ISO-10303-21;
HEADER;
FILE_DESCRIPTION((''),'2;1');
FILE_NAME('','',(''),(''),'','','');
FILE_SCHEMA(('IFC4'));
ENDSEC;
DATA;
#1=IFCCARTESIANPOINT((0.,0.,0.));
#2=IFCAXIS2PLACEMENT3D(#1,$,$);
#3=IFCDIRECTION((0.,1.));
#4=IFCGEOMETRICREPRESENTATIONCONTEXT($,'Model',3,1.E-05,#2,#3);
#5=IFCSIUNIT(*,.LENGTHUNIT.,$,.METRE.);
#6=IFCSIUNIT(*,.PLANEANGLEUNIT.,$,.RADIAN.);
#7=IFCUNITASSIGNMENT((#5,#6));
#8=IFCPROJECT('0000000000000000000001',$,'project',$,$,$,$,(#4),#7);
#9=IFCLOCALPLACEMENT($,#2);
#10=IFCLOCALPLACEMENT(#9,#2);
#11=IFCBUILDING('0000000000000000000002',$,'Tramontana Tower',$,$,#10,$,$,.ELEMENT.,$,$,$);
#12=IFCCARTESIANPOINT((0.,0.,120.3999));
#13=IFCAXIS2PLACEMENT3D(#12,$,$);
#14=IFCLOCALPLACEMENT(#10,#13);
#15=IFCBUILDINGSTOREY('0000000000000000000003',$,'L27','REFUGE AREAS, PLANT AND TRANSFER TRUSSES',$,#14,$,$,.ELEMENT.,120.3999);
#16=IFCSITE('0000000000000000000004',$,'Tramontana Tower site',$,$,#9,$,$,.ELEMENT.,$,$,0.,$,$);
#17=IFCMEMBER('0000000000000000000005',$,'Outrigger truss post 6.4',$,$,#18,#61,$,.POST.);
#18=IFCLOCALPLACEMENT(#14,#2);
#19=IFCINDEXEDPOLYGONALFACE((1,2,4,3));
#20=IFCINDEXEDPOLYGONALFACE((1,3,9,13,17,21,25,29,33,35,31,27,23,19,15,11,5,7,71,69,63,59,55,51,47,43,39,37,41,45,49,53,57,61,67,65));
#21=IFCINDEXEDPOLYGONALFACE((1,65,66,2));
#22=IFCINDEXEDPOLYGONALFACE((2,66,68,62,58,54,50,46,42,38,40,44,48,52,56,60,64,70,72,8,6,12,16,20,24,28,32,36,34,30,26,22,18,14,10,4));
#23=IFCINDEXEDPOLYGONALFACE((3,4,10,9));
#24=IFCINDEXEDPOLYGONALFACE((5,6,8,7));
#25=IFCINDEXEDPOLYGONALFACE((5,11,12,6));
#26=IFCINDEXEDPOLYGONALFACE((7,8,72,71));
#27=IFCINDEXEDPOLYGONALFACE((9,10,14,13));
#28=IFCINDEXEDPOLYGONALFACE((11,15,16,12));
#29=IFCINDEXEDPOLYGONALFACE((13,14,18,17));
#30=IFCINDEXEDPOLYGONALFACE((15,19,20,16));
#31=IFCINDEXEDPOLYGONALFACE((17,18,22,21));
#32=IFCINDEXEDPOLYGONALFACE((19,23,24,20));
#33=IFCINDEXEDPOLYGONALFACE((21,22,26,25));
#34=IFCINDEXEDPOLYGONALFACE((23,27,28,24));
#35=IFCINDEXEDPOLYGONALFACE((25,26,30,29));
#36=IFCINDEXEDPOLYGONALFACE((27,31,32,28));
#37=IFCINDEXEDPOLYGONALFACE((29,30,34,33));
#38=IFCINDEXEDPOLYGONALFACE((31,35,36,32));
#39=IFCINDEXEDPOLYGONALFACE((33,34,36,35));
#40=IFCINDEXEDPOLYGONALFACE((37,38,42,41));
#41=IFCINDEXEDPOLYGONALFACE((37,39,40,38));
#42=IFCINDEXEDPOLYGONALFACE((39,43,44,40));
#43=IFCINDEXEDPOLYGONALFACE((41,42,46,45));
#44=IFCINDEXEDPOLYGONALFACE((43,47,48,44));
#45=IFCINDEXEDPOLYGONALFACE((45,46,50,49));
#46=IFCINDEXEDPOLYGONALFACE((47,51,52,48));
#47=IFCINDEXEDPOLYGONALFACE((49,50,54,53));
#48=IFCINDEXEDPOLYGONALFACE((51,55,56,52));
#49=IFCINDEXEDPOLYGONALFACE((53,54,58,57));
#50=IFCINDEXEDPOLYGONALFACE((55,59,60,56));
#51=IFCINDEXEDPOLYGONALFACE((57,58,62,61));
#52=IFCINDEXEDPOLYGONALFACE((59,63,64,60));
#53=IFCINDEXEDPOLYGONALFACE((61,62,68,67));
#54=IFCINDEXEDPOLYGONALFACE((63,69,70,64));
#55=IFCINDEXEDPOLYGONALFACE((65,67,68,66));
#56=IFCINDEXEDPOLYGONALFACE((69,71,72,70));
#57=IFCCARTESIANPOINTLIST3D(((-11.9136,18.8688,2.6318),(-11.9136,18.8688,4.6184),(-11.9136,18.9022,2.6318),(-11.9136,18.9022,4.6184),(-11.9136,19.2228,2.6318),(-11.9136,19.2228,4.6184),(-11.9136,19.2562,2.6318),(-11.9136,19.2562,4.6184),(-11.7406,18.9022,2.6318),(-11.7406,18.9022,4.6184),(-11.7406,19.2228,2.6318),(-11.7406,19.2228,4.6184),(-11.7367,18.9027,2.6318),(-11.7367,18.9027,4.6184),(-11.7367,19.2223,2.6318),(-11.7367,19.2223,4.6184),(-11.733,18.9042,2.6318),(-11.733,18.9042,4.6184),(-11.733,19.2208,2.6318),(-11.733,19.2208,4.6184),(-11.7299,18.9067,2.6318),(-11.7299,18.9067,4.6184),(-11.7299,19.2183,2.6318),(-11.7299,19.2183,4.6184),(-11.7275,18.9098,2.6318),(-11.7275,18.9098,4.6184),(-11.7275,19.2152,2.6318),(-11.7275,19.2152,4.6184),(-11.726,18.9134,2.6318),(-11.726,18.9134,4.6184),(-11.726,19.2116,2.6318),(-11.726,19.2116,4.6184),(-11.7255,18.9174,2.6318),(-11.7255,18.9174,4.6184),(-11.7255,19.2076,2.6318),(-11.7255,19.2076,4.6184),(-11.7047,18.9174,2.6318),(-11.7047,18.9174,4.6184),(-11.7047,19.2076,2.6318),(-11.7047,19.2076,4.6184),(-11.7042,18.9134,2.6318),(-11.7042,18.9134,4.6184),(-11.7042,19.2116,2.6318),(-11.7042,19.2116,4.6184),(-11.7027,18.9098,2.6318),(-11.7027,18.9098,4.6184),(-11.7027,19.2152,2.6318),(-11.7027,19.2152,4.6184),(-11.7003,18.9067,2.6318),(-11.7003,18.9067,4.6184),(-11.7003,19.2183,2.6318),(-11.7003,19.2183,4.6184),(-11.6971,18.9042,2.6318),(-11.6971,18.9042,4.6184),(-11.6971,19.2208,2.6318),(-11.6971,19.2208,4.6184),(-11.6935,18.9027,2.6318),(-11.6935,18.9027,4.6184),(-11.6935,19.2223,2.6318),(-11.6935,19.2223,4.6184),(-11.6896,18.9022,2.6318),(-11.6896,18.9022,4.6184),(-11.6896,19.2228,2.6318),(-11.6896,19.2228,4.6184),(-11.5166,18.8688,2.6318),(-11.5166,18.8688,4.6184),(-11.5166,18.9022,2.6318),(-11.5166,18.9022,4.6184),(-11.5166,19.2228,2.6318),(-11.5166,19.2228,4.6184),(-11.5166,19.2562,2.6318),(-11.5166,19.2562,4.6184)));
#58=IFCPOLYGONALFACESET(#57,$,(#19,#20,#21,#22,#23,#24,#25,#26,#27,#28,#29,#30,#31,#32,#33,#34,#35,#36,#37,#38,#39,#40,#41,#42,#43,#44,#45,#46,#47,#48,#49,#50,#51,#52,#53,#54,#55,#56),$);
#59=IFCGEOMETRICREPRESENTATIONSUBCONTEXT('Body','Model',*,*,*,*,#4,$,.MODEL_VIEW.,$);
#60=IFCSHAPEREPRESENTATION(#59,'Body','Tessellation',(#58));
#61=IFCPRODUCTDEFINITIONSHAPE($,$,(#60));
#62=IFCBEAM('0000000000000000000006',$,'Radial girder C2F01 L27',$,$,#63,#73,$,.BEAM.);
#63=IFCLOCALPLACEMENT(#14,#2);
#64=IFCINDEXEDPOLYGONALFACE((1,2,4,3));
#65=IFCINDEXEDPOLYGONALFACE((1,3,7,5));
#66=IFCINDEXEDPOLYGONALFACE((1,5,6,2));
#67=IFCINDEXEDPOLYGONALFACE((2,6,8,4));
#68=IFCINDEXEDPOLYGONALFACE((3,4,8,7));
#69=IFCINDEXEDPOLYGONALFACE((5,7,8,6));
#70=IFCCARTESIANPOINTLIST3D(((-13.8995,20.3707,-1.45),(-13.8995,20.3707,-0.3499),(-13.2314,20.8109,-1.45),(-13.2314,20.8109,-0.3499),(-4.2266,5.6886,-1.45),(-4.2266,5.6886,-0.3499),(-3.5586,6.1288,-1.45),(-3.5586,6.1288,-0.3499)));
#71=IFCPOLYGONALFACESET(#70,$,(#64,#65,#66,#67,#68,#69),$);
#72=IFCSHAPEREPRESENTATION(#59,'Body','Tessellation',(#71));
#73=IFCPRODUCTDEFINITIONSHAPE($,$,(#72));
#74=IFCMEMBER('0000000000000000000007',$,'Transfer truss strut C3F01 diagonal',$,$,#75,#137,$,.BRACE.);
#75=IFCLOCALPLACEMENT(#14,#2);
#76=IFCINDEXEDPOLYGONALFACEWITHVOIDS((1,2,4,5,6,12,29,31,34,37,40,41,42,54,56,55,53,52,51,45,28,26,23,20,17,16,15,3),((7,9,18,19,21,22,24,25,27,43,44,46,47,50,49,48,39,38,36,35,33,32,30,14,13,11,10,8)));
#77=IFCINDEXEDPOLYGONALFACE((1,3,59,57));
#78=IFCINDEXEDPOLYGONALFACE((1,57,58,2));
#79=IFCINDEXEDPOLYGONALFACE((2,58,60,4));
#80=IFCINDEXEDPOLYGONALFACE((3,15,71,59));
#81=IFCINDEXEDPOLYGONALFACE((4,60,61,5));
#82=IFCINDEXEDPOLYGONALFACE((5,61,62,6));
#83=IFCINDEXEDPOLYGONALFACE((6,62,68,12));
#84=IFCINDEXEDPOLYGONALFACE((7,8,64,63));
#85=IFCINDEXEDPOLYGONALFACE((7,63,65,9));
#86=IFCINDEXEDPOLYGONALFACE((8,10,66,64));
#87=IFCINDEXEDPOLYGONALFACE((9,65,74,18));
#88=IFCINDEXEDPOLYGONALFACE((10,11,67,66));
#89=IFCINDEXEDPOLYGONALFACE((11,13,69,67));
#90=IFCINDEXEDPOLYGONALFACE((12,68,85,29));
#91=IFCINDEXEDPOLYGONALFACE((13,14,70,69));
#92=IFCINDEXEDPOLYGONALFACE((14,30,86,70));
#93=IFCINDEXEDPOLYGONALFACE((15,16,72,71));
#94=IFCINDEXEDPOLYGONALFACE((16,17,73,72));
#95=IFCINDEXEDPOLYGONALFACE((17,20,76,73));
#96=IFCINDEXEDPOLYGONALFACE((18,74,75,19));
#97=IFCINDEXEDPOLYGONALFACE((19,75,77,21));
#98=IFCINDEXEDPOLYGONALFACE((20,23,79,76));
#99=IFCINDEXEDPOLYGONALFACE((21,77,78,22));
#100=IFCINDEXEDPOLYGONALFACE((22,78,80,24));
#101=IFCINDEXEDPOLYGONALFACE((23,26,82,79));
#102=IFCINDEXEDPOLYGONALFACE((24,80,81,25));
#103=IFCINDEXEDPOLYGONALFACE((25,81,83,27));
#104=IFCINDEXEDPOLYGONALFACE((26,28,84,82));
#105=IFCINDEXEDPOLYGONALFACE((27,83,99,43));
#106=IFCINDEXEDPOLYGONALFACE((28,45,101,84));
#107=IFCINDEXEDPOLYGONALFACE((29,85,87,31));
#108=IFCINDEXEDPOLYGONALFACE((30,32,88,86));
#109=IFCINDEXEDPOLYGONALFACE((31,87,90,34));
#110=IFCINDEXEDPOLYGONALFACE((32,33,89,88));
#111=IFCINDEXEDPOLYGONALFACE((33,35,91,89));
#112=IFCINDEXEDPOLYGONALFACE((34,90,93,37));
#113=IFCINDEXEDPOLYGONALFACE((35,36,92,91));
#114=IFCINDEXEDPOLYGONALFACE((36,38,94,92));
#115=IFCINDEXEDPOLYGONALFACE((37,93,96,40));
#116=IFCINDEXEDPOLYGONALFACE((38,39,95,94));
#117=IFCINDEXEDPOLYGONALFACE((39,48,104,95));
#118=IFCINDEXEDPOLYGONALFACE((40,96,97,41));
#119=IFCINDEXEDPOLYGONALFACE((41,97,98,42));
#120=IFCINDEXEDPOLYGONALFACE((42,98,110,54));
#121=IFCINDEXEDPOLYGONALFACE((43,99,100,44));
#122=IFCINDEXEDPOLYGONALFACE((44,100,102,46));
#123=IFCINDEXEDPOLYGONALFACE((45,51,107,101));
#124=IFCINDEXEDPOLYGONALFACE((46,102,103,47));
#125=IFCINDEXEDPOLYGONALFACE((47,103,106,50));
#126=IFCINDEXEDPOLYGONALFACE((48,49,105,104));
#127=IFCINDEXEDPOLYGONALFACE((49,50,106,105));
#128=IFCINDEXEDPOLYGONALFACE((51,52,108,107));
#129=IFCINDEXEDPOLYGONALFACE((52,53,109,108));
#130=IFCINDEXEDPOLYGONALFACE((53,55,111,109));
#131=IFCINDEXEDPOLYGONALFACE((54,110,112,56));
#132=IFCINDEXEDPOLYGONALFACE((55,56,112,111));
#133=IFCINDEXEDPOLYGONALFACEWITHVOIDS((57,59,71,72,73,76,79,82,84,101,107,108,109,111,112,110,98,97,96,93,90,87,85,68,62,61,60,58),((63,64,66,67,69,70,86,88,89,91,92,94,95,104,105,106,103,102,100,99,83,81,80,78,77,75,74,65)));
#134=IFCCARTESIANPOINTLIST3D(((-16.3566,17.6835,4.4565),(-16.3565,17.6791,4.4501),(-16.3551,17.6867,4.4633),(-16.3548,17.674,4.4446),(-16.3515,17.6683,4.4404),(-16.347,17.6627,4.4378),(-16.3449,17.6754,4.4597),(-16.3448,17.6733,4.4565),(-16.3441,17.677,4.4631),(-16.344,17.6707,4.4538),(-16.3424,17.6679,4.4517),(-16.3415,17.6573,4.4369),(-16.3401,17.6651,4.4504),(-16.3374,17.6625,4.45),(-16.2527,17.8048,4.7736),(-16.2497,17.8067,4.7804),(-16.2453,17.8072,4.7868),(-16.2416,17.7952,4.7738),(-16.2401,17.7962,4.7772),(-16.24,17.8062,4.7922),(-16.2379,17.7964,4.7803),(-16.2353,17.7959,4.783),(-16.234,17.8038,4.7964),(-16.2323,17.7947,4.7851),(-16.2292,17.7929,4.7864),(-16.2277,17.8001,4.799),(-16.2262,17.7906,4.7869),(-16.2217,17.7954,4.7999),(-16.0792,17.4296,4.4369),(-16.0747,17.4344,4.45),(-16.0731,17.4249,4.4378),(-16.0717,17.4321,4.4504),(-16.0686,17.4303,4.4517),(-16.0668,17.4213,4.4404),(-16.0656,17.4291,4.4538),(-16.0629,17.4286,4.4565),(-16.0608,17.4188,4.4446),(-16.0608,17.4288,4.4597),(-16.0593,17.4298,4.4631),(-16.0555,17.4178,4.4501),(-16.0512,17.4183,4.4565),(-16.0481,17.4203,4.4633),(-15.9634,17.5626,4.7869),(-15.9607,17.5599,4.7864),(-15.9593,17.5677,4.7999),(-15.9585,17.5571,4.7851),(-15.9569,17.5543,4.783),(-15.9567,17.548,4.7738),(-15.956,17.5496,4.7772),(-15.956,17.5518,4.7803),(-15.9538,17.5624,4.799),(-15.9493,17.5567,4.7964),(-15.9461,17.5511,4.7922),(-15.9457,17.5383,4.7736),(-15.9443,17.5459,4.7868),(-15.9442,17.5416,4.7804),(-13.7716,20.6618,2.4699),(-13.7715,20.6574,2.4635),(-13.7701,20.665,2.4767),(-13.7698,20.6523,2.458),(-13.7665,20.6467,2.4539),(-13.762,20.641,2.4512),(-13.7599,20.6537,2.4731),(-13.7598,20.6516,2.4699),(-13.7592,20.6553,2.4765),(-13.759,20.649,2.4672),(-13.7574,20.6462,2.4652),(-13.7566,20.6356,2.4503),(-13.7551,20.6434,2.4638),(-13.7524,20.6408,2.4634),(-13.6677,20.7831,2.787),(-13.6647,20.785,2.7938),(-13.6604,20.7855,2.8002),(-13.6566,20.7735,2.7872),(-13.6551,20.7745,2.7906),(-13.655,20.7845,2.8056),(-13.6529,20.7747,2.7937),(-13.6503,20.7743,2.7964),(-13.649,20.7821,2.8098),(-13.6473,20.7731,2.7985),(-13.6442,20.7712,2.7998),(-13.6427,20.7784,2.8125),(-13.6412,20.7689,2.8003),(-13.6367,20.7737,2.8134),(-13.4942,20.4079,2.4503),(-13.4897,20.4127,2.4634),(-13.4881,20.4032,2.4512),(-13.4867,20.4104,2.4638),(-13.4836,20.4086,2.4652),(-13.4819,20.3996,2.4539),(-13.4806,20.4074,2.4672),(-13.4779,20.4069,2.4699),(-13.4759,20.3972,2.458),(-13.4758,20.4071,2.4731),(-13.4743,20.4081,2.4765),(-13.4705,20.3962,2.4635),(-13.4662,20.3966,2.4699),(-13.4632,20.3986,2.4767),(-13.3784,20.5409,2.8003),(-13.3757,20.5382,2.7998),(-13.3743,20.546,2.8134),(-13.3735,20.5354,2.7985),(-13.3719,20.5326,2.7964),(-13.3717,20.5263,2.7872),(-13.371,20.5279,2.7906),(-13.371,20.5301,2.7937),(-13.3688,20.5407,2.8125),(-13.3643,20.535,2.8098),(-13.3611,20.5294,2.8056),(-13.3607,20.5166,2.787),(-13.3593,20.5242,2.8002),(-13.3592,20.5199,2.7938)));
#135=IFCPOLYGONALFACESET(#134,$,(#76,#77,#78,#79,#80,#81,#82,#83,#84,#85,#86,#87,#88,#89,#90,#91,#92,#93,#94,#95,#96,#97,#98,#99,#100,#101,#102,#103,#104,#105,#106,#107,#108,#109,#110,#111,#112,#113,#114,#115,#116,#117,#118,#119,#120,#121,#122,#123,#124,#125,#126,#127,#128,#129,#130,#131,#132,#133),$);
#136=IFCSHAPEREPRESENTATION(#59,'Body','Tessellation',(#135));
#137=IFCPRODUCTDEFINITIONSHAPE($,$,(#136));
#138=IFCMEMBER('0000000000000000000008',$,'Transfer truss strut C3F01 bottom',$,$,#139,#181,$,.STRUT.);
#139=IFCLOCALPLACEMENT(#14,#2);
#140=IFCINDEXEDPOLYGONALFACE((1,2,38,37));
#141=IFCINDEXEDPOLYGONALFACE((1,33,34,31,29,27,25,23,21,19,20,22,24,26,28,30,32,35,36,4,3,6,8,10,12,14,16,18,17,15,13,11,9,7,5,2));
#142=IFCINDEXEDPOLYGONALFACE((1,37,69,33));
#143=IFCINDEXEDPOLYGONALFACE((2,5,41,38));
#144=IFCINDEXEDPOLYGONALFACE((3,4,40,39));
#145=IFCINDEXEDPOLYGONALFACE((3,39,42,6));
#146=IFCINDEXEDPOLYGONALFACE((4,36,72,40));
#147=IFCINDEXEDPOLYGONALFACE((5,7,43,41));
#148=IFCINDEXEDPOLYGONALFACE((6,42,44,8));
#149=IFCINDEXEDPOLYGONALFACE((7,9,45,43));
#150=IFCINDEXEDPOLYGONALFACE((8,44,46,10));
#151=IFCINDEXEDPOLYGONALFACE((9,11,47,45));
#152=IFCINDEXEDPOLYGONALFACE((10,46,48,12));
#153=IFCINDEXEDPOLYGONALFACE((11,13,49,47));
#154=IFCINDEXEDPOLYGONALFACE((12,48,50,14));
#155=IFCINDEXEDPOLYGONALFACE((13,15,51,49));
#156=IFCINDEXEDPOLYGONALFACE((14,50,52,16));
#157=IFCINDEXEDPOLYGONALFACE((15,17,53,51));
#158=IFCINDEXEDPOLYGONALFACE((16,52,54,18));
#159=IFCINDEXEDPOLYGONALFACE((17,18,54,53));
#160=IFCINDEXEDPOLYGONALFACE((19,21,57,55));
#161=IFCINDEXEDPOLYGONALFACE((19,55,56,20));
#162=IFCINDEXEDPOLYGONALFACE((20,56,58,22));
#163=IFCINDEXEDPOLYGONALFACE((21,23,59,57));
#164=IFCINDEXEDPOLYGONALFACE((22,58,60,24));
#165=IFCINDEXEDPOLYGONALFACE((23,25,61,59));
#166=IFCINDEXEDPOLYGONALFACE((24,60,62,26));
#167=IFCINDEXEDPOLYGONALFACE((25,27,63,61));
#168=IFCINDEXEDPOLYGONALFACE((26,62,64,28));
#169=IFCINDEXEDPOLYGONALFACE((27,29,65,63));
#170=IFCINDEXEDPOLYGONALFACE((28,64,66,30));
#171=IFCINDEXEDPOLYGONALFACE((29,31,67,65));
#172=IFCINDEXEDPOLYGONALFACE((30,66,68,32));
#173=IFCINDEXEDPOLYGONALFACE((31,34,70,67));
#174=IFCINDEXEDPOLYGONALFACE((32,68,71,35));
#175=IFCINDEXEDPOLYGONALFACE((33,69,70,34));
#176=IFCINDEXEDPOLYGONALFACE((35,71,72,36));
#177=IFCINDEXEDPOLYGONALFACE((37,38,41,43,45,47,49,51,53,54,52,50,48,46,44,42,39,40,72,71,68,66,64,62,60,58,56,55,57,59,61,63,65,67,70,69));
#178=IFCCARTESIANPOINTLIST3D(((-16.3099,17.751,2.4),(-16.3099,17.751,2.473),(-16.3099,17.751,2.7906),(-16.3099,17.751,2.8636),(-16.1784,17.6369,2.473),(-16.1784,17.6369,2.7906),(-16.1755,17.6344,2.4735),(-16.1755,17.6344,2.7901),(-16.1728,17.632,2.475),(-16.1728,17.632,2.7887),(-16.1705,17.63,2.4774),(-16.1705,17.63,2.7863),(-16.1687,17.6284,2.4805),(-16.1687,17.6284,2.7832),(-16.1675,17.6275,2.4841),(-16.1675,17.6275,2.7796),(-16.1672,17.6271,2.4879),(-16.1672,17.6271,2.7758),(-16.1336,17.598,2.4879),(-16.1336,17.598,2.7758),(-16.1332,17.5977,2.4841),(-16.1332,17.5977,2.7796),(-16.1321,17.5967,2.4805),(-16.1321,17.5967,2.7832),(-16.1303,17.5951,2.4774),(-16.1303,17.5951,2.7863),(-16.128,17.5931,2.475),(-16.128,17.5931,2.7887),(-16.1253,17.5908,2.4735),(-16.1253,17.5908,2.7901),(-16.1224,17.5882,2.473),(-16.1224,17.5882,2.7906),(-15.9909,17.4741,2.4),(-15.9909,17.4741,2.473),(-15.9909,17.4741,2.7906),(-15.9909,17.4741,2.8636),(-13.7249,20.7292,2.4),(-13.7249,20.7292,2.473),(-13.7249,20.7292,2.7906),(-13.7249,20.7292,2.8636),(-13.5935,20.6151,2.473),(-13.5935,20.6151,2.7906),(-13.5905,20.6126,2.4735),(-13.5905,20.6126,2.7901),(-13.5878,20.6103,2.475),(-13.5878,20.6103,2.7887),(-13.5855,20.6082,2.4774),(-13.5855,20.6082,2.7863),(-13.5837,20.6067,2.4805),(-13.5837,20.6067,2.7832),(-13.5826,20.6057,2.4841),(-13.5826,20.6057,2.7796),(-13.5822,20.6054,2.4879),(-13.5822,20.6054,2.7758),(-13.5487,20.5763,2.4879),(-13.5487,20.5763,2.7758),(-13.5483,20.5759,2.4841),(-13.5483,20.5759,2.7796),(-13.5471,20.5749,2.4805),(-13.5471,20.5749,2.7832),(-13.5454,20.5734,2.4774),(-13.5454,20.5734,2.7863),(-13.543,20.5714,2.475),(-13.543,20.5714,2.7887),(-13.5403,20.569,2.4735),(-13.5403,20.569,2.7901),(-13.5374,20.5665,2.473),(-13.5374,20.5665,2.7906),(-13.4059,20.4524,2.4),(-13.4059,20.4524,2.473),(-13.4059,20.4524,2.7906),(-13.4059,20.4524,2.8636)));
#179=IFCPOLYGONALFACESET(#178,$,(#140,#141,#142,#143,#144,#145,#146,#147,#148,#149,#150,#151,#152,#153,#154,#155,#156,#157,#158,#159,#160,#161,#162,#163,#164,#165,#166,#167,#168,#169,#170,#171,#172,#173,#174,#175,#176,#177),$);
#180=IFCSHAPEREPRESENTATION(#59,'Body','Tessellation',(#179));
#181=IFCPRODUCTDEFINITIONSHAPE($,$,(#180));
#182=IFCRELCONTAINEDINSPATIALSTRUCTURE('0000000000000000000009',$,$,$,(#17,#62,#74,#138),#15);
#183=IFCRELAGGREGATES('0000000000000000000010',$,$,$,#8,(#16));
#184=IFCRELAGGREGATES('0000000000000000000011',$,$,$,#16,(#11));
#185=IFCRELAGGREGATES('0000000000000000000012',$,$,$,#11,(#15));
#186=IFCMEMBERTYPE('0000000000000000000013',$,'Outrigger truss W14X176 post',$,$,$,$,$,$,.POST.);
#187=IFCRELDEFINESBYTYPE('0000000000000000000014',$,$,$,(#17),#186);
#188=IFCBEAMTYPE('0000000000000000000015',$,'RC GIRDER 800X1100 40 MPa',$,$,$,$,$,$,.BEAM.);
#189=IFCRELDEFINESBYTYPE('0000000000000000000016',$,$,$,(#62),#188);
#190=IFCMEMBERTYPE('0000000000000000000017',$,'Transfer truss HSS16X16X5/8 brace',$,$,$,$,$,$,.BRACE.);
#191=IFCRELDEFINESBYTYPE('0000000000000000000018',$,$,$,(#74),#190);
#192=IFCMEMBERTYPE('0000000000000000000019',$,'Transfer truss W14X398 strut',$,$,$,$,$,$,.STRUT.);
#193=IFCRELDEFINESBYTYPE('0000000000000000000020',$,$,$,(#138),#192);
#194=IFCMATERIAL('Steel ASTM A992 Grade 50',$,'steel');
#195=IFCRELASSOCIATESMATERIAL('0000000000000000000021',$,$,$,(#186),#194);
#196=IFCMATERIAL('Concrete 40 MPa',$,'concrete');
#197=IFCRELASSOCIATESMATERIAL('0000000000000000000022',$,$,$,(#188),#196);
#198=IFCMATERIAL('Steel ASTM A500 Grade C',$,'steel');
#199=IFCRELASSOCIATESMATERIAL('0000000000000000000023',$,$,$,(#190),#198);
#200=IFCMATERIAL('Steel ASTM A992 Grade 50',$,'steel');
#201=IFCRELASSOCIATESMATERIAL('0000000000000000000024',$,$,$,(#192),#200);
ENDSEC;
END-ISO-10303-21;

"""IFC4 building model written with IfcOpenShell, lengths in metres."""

from ifc_helpers import new_model, si_unit, direction, frame, origin, origin_2d, place, context, subcontext, project, spatial, rectangle, hollow_rectangle, i_section, extrude, material, material_profile, profile_set, type_object, element, save


model = new_model("IFC4")

# Units and contexts
model_context = context("Model", 3, precision=1e-05, world=origin(), true_north=direction((0.0, 1.0)))
body_context = subcontext(model_context, "Body", "Model", "MODEL_VIEW")
ifc_project = project(units=[si_unit("LENGTHUNIT", "METRE"), si_unit("PLANEANGLEUNIT", "RADIAN")], contexts=[model_context])

# Site, building, storey
site_placement = place(None, origin())
site = spatial("IfcSite", under=ifc_project, at=site_placement, Name="Tramontana Tower site", CompositionType="ELEMENT", RefElevation=0.0)
building_placement = place(site_placement, origin())
building = spatial("IfcBuilding", under=site, at=building_placement, Name="Tramontana Tower", CompositionType="ELEMENT")
storey_placement = place(building_placement, frame((0.0, 0.0, 120.3999)))
storey = spatial("IfcBuildingStorey", under=building, at=storey_placement, Name="L27", Description="REFUGE AREAS, PLANT AND TRANSFER TRUSSES", CompositionType="ELEMENT", Elevation=120.3999)

# Member
ifc_material_1 = material(Name="Steel ASTM A992 Grade 50", Category="steel")
ifc_material_profile_1 = material_profile(ifc_material_1, i_section(OverallWidth=0.397, OverallDepth=0.3875, WebThickness=0.0208, FlangeThickness=0.0334, FilletRadius=0.0151, at=origin_2d()), Name="W14X176")
ifc_profile_set_1 = profile_set([ifc_material_profile_1], Name="Steel ASTM A992 Grade 50")
member_type_1 = type_object("IfcMemberType", Name="Outrigger truss W14X176 post", PredefinedType="POST", material=ifc_profile_set_1)
for number, where, z_axis, x_axis, name in (
    (1, (-11.7151, 19.0625, 2.6318), (0.0, 0.0, 1.0), (1.0, 0.0, 0.0), "Outrigger truss post 6.4"),
):
    element("IfcMember", number, at=place(storey_placement, frame(where, z_axis=z_axis, x_axis=x_axis)), inside=storey, type_object=member_type_1, Name=name, PredefinedType="POST", context=body_context, shape_type="SweptSolid", body=[
        extrude(i_section(OverallWidth=0.397, OverallDepth=0.3875, WebThickness=0.0208, FlangeThickness=0.0334, FilletRadius=0.0151, at=origin_2d()), origin(), (0.0, 0.0, 1.0), 1.9866),
    ])

# Beam
ifc_material_2 = material(Name="Concrete 40 MPa", Category="concrete")
ifc_material_profile_2 = material_profile(ifc_material_2, rectangle(XDim=0.8, YDim=1.1001, at=origin_2d()), Name="RC GIRDER 800X1100 40 MPa")
ifc_profile_set_2 = profile_set([ifc_material_profile_2], Name="Concrete 40 MPa")
beam_type = type_object("IfcBeamType", Name="RC GIRDER 800X1100 40 MPa", PredefinedType="BEAM", material=ifc_profile_set_2)
beam_placement = place(storey_placement, frame((-13.5654, 20.5908, -0.8999), z_axis=(0.550155, -0.835063, 0.0), x_axis=(0.835063, 0.550155, 0.0)))
element("IfcBeam", 2, at=beam_placement, inside=storey, type_object=beam_type, Name="Radial girder C2F01 L27", PredefinedType="BEAM", context=body_context, shape_type="SweptSolid", body=[
    extrude(rectangle(XDim=0.8, YDim=1.1001, at=origin_2d()), origin(), (0.0, 0.0, 1.0), 17.582),
])

# Members
ifc_material_3 = material(Name="Steel ASTM A500 Grade C", Category="steel")
ifc_material_profile_3 = material_profile(ifc_material_3, hollow_rectangle(XDim=0.4065, YDim=0.4065, WallThickness=0.0146, InnerFilletRadius=0.0146, OuterFilletRadius=0.0295, at=origin_2d()), Name="HSS16X16X5/8")
ifc_profile_set_3 = profile_set([ifc_material_profile_3], Name="Steel ASTM A500 Grade C")
member_type_2 = type_object("IfcMemberType", Name="Transfer truss HSS16X16X5/8 brace", PredefinedType="BRACE", material=ifc_profile_set_3)
member_1_placement = place(storey_placement, frame((-13.5654, 20.5908, 2.6318), z_axis=(-0.585399, -0.67447, 0.449886), x_axis=(0.755213, -0.65548, 0.0)))
element("IfcMember", 3, at=member_1_placement, inside=storey, type_object=member_type_2, Name="Transfer truss strut C3F01 diagonal", PredefinedType="BRACE", context=body_context, shape_type="SweptSolid", body=[
    extrude(hollow_rectangle(XDim=0.4065, YDim=0.4065, WallThickness=0.0146, InnerFilletRadius=0.0146, OuterFilletRadius=0.0295, at=origin_2d()), origin(), (0.0, 0.0, 1.0), 4.4158),
])
ifc_material_4 = material(Name="Steel ASTM A992 Grade 50", Category="steel")
ifc_material_profile_4 = material_profile(ifc_material_4, i_section(OverallWidth=0.4224, OverallDepth=0.4636, WebThickness=0.0444, FlangeThickness=0.073, FilletRadius=0.0149, at=origin_2d()), Name="W14X398")
ifc_profile_set_4 = profile_set([ifc_material_profile_4], Name="Steel ASTM A992 Grade 50")
member_type_3 = type_object("IfcMemberType", Name="Transfer truss W14X398 strut", PredefinedType="STRUT", material=ifc_profile_set_4)
member_2_placement = place(storey_placement, frame((-13.5654, 20.5908, 2.6318), z_axis=(-0.65548, -0.755213, 0.0), x_axis=(0.755213, -0.65548, 0.0)))
element("IfcMember", 4, at=member_2_placement, inside=storey, type_object=member_type_3, Name="Transfer truss strut C3F01 bottom", PredefinedType="STRUT", context=body_context, shape_type="SweptSolid", body=[
    extrude(i_section(OverallWidth=0.4224, OverallDepth=0.4636, WebThickness=0.0444, FlangeThickness=0.073, FilletRadius=0.0149, at=origin_2d()), origin(), (0.0, 0.0, 1.0), 3.9436),
])

save(model, "model.ifc")
